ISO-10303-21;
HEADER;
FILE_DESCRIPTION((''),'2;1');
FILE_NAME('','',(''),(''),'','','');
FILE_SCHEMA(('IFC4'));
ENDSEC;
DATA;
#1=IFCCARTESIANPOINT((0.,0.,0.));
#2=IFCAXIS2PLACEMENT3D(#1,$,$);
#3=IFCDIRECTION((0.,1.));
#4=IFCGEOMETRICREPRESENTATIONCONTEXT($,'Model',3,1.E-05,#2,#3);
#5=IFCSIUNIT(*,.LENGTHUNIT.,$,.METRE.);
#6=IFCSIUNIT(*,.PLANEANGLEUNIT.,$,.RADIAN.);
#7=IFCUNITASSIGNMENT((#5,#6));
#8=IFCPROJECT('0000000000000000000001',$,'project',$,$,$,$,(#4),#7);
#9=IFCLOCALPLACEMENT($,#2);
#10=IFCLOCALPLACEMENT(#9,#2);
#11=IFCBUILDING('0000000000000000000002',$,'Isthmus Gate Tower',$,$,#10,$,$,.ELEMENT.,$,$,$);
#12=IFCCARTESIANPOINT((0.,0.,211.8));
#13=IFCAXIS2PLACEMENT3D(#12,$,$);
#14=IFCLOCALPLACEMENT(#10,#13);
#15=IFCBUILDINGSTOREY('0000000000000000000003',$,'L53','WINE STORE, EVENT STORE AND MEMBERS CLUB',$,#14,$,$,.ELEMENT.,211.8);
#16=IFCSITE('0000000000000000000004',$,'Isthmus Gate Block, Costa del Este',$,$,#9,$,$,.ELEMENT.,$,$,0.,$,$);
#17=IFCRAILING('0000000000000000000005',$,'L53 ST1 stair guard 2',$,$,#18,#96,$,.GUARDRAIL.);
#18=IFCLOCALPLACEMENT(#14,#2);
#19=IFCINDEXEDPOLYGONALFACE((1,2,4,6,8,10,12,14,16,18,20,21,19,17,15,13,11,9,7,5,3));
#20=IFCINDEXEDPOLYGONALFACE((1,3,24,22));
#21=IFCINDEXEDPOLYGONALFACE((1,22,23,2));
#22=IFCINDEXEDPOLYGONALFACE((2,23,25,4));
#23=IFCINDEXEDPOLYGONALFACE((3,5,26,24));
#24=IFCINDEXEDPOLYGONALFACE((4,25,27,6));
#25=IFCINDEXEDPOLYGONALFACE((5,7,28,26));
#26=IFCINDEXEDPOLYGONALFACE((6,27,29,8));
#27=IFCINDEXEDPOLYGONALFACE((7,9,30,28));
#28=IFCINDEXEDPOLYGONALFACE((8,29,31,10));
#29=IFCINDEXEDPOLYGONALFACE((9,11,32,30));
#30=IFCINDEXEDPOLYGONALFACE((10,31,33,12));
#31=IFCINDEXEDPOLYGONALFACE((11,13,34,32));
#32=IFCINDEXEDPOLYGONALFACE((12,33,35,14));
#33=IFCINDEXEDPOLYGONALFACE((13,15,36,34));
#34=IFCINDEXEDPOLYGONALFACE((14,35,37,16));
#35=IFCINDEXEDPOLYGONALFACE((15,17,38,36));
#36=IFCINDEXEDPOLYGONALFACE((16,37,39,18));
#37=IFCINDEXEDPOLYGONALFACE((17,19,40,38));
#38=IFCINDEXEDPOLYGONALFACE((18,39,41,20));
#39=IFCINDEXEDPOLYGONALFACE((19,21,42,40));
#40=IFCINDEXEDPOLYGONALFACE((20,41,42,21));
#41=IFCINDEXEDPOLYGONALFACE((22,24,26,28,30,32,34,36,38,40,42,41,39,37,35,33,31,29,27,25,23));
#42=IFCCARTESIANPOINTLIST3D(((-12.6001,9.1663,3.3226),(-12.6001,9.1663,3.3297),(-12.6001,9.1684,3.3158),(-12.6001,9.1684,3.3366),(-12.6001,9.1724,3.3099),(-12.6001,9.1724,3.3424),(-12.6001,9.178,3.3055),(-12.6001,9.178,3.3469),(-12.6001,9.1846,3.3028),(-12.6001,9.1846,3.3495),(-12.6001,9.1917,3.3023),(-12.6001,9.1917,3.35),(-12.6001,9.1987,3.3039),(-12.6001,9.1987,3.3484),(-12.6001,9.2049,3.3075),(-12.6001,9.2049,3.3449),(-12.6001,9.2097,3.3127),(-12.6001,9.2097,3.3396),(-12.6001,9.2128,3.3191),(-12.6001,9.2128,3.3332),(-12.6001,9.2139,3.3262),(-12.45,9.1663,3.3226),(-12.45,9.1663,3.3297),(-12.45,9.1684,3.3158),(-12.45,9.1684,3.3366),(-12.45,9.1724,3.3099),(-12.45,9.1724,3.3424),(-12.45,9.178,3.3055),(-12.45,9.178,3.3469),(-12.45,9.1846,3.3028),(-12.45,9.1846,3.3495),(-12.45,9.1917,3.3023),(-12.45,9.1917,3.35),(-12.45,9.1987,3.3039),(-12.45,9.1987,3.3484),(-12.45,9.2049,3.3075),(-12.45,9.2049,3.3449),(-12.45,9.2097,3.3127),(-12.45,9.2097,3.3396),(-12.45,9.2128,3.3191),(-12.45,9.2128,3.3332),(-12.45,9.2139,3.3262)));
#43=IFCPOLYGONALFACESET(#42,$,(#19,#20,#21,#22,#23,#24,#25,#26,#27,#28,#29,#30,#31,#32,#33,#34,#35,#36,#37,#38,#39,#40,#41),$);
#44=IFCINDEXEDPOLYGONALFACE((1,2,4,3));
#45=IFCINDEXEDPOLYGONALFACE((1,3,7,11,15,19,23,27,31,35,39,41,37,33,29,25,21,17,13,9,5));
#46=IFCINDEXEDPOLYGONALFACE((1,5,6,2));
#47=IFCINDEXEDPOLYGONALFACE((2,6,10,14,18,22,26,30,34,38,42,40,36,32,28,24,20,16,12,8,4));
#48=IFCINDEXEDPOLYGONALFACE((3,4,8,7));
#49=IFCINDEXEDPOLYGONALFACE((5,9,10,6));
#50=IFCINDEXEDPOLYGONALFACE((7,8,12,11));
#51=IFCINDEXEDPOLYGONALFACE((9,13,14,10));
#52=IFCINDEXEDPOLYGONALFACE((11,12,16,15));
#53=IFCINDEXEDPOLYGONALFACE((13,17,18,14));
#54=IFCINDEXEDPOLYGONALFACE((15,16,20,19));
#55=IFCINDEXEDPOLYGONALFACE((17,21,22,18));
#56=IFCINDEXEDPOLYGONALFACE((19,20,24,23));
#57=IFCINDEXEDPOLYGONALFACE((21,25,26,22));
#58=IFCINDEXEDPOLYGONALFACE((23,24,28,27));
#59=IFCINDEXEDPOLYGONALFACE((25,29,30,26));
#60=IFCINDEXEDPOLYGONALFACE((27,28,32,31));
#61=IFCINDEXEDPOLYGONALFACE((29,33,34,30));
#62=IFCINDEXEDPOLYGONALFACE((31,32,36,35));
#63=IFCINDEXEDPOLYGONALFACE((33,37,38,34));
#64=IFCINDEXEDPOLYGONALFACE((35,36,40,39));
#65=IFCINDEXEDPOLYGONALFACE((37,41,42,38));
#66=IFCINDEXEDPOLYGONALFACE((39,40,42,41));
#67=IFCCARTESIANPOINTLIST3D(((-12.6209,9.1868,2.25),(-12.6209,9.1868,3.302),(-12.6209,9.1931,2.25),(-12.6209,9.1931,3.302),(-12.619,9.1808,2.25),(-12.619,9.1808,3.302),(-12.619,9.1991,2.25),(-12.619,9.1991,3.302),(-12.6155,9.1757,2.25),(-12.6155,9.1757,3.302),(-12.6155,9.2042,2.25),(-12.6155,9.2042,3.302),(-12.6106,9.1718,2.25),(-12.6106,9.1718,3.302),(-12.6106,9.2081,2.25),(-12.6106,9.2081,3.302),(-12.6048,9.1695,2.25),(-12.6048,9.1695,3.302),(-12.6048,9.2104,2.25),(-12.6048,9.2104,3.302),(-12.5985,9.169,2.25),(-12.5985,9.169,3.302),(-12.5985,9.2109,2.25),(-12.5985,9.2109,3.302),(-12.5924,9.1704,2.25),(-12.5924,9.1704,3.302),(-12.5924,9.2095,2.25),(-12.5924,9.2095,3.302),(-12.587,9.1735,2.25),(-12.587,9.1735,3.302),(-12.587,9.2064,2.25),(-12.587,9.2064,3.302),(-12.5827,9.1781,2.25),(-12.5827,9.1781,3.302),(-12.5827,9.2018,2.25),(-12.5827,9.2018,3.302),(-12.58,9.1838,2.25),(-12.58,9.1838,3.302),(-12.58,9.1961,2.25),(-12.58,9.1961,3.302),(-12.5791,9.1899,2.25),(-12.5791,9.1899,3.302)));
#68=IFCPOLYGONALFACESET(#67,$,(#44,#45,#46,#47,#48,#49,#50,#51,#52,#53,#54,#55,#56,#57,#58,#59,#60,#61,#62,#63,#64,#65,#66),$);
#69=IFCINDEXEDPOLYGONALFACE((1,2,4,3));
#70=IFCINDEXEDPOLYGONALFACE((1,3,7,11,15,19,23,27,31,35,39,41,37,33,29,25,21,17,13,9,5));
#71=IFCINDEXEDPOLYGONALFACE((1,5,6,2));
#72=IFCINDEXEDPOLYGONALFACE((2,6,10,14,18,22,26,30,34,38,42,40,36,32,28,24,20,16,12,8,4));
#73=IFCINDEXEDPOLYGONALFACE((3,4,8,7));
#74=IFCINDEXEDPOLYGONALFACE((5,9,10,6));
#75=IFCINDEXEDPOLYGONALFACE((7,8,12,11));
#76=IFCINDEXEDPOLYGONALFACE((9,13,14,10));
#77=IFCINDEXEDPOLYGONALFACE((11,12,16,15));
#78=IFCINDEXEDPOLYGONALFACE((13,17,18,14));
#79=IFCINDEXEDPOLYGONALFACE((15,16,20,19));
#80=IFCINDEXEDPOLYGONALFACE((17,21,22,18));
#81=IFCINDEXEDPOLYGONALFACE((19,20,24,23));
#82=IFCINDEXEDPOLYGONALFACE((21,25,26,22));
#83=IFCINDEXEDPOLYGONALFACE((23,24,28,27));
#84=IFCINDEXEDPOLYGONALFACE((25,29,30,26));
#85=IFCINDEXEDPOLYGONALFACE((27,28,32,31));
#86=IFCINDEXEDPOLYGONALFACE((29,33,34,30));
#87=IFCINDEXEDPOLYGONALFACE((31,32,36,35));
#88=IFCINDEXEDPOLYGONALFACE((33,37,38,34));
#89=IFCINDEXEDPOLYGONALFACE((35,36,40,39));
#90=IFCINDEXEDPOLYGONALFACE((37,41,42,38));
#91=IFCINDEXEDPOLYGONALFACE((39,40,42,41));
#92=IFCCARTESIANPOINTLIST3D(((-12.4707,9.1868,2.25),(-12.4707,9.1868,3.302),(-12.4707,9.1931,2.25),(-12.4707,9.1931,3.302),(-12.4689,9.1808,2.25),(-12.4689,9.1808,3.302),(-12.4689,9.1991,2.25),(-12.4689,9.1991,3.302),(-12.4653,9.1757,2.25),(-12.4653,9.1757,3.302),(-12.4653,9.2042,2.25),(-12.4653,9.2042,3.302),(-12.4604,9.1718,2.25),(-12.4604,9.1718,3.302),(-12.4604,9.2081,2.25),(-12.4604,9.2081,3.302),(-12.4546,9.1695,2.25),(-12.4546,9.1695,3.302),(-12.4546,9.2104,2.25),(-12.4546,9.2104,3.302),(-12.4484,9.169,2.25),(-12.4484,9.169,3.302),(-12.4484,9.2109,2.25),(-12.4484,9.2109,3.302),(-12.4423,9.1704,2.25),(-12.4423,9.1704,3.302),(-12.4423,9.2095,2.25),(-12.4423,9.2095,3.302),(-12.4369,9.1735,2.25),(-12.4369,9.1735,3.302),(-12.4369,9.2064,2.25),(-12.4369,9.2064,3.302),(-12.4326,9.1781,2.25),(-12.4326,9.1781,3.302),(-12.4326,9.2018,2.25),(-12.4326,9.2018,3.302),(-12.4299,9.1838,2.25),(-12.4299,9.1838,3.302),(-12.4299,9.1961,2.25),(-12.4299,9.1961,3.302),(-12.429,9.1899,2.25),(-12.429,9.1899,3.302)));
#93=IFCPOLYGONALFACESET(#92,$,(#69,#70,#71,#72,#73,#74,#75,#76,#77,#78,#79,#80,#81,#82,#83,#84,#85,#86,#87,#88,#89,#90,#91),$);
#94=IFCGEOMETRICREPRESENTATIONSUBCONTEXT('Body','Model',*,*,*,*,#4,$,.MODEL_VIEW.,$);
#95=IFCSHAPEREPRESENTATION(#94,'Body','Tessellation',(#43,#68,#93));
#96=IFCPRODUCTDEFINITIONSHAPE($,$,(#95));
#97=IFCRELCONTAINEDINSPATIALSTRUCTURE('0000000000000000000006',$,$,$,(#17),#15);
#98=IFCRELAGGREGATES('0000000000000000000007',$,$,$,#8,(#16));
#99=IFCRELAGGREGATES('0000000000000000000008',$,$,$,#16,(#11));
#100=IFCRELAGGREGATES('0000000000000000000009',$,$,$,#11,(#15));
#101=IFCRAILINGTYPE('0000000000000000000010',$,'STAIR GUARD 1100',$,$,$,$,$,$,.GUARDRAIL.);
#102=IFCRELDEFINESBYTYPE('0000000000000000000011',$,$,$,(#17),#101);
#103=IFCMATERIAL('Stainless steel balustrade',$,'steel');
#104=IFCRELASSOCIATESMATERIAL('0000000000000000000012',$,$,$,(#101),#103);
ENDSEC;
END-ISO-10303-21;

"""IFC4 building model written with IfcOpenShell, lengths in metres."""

from ifc_helpers import new_model, si_unit, direction, frame, origin, origin_2d, place, context, subcontext, project, spatial, circle, extrude, material, type_object, element, save


model = new_model("IFC4")

# Units and contexts
model_context = context("Model", 3, precision=1e-05, world=origin(), true_north=direction((0.0, 1.0)))
body_context = subcontext(model_context, "Body", "Model", "MODEL_VIEW")
ifc_project = project(units=[si_unit("LENGTHUNIT", "METRE"), si_unit("PLANEANGLEUNIT", "RADIAN")], contexts=[model_context])

# Site, building, storey
site_placement = place(None, origin())
site = spatial("IfcSite", under=ifc_project, at=site_placement, Name="Isthmus Gate Block, Costa del Este", CompositionType="ELEMENT", RefElevation=0.0)
building_placement = place(site_placement, origin())
building = spatial("IfcBuilding", under=site, at=building_placement, Name="Isthmus Gate Tower", CompositionType="ELEMENT")
storey_placement = place(building_placement, frame((0.0, 0.0, 211.8)))
storey = spatial("IfcBuildingStorey", under=building, at=storey_placement, Name="L53", Description="WINE STORE, EVENT STORE AND MEMBERS CLUB", CompositionType="ELEMENT", Elevation=211.8)

# Railing
ifc_material_1 = material(Name="Stainless steel balustrade", Category="steel")
railing_type_1 = type_object("IfcRailingType", Name="STAIR GUARD 1100", PredefinedType="GUARDRAIL", material=ifc_material_1)
railing_1_placement = place(storey_placement, frame((-12.6001, 9.1899, 2.25)))
element("IfcRailing", 1, at=railing_1_placement, inside=storey, type_object=railing_type_1, Name="L53 ST1 stair guard 2", PredefinedType="GUARDRAIL", context=body_context, shape_type="SweptSolid", body=[
    extrude(circle(Radius=0.0239, at=origin_2d()), frame((0.0, 0.0, 1.0762), z_axis=(1.0, 0.0, 0.0), x_axis=(0.0, 1.0, 0.0)), (0.0, 0.0, 1.0), 0.1501),
    extrude(circle(Radius=0.021, at=origin_2d()), origin(), (0.0, 0.0, 1.0), 1.052),
    extrude(circle(Radius=0.021, at=origin_2d()), frame((0.1501, 0.0, 0.0)), (0.0, 0.0, 1.0), 1.052),
])

save(model, "model.ifc")
